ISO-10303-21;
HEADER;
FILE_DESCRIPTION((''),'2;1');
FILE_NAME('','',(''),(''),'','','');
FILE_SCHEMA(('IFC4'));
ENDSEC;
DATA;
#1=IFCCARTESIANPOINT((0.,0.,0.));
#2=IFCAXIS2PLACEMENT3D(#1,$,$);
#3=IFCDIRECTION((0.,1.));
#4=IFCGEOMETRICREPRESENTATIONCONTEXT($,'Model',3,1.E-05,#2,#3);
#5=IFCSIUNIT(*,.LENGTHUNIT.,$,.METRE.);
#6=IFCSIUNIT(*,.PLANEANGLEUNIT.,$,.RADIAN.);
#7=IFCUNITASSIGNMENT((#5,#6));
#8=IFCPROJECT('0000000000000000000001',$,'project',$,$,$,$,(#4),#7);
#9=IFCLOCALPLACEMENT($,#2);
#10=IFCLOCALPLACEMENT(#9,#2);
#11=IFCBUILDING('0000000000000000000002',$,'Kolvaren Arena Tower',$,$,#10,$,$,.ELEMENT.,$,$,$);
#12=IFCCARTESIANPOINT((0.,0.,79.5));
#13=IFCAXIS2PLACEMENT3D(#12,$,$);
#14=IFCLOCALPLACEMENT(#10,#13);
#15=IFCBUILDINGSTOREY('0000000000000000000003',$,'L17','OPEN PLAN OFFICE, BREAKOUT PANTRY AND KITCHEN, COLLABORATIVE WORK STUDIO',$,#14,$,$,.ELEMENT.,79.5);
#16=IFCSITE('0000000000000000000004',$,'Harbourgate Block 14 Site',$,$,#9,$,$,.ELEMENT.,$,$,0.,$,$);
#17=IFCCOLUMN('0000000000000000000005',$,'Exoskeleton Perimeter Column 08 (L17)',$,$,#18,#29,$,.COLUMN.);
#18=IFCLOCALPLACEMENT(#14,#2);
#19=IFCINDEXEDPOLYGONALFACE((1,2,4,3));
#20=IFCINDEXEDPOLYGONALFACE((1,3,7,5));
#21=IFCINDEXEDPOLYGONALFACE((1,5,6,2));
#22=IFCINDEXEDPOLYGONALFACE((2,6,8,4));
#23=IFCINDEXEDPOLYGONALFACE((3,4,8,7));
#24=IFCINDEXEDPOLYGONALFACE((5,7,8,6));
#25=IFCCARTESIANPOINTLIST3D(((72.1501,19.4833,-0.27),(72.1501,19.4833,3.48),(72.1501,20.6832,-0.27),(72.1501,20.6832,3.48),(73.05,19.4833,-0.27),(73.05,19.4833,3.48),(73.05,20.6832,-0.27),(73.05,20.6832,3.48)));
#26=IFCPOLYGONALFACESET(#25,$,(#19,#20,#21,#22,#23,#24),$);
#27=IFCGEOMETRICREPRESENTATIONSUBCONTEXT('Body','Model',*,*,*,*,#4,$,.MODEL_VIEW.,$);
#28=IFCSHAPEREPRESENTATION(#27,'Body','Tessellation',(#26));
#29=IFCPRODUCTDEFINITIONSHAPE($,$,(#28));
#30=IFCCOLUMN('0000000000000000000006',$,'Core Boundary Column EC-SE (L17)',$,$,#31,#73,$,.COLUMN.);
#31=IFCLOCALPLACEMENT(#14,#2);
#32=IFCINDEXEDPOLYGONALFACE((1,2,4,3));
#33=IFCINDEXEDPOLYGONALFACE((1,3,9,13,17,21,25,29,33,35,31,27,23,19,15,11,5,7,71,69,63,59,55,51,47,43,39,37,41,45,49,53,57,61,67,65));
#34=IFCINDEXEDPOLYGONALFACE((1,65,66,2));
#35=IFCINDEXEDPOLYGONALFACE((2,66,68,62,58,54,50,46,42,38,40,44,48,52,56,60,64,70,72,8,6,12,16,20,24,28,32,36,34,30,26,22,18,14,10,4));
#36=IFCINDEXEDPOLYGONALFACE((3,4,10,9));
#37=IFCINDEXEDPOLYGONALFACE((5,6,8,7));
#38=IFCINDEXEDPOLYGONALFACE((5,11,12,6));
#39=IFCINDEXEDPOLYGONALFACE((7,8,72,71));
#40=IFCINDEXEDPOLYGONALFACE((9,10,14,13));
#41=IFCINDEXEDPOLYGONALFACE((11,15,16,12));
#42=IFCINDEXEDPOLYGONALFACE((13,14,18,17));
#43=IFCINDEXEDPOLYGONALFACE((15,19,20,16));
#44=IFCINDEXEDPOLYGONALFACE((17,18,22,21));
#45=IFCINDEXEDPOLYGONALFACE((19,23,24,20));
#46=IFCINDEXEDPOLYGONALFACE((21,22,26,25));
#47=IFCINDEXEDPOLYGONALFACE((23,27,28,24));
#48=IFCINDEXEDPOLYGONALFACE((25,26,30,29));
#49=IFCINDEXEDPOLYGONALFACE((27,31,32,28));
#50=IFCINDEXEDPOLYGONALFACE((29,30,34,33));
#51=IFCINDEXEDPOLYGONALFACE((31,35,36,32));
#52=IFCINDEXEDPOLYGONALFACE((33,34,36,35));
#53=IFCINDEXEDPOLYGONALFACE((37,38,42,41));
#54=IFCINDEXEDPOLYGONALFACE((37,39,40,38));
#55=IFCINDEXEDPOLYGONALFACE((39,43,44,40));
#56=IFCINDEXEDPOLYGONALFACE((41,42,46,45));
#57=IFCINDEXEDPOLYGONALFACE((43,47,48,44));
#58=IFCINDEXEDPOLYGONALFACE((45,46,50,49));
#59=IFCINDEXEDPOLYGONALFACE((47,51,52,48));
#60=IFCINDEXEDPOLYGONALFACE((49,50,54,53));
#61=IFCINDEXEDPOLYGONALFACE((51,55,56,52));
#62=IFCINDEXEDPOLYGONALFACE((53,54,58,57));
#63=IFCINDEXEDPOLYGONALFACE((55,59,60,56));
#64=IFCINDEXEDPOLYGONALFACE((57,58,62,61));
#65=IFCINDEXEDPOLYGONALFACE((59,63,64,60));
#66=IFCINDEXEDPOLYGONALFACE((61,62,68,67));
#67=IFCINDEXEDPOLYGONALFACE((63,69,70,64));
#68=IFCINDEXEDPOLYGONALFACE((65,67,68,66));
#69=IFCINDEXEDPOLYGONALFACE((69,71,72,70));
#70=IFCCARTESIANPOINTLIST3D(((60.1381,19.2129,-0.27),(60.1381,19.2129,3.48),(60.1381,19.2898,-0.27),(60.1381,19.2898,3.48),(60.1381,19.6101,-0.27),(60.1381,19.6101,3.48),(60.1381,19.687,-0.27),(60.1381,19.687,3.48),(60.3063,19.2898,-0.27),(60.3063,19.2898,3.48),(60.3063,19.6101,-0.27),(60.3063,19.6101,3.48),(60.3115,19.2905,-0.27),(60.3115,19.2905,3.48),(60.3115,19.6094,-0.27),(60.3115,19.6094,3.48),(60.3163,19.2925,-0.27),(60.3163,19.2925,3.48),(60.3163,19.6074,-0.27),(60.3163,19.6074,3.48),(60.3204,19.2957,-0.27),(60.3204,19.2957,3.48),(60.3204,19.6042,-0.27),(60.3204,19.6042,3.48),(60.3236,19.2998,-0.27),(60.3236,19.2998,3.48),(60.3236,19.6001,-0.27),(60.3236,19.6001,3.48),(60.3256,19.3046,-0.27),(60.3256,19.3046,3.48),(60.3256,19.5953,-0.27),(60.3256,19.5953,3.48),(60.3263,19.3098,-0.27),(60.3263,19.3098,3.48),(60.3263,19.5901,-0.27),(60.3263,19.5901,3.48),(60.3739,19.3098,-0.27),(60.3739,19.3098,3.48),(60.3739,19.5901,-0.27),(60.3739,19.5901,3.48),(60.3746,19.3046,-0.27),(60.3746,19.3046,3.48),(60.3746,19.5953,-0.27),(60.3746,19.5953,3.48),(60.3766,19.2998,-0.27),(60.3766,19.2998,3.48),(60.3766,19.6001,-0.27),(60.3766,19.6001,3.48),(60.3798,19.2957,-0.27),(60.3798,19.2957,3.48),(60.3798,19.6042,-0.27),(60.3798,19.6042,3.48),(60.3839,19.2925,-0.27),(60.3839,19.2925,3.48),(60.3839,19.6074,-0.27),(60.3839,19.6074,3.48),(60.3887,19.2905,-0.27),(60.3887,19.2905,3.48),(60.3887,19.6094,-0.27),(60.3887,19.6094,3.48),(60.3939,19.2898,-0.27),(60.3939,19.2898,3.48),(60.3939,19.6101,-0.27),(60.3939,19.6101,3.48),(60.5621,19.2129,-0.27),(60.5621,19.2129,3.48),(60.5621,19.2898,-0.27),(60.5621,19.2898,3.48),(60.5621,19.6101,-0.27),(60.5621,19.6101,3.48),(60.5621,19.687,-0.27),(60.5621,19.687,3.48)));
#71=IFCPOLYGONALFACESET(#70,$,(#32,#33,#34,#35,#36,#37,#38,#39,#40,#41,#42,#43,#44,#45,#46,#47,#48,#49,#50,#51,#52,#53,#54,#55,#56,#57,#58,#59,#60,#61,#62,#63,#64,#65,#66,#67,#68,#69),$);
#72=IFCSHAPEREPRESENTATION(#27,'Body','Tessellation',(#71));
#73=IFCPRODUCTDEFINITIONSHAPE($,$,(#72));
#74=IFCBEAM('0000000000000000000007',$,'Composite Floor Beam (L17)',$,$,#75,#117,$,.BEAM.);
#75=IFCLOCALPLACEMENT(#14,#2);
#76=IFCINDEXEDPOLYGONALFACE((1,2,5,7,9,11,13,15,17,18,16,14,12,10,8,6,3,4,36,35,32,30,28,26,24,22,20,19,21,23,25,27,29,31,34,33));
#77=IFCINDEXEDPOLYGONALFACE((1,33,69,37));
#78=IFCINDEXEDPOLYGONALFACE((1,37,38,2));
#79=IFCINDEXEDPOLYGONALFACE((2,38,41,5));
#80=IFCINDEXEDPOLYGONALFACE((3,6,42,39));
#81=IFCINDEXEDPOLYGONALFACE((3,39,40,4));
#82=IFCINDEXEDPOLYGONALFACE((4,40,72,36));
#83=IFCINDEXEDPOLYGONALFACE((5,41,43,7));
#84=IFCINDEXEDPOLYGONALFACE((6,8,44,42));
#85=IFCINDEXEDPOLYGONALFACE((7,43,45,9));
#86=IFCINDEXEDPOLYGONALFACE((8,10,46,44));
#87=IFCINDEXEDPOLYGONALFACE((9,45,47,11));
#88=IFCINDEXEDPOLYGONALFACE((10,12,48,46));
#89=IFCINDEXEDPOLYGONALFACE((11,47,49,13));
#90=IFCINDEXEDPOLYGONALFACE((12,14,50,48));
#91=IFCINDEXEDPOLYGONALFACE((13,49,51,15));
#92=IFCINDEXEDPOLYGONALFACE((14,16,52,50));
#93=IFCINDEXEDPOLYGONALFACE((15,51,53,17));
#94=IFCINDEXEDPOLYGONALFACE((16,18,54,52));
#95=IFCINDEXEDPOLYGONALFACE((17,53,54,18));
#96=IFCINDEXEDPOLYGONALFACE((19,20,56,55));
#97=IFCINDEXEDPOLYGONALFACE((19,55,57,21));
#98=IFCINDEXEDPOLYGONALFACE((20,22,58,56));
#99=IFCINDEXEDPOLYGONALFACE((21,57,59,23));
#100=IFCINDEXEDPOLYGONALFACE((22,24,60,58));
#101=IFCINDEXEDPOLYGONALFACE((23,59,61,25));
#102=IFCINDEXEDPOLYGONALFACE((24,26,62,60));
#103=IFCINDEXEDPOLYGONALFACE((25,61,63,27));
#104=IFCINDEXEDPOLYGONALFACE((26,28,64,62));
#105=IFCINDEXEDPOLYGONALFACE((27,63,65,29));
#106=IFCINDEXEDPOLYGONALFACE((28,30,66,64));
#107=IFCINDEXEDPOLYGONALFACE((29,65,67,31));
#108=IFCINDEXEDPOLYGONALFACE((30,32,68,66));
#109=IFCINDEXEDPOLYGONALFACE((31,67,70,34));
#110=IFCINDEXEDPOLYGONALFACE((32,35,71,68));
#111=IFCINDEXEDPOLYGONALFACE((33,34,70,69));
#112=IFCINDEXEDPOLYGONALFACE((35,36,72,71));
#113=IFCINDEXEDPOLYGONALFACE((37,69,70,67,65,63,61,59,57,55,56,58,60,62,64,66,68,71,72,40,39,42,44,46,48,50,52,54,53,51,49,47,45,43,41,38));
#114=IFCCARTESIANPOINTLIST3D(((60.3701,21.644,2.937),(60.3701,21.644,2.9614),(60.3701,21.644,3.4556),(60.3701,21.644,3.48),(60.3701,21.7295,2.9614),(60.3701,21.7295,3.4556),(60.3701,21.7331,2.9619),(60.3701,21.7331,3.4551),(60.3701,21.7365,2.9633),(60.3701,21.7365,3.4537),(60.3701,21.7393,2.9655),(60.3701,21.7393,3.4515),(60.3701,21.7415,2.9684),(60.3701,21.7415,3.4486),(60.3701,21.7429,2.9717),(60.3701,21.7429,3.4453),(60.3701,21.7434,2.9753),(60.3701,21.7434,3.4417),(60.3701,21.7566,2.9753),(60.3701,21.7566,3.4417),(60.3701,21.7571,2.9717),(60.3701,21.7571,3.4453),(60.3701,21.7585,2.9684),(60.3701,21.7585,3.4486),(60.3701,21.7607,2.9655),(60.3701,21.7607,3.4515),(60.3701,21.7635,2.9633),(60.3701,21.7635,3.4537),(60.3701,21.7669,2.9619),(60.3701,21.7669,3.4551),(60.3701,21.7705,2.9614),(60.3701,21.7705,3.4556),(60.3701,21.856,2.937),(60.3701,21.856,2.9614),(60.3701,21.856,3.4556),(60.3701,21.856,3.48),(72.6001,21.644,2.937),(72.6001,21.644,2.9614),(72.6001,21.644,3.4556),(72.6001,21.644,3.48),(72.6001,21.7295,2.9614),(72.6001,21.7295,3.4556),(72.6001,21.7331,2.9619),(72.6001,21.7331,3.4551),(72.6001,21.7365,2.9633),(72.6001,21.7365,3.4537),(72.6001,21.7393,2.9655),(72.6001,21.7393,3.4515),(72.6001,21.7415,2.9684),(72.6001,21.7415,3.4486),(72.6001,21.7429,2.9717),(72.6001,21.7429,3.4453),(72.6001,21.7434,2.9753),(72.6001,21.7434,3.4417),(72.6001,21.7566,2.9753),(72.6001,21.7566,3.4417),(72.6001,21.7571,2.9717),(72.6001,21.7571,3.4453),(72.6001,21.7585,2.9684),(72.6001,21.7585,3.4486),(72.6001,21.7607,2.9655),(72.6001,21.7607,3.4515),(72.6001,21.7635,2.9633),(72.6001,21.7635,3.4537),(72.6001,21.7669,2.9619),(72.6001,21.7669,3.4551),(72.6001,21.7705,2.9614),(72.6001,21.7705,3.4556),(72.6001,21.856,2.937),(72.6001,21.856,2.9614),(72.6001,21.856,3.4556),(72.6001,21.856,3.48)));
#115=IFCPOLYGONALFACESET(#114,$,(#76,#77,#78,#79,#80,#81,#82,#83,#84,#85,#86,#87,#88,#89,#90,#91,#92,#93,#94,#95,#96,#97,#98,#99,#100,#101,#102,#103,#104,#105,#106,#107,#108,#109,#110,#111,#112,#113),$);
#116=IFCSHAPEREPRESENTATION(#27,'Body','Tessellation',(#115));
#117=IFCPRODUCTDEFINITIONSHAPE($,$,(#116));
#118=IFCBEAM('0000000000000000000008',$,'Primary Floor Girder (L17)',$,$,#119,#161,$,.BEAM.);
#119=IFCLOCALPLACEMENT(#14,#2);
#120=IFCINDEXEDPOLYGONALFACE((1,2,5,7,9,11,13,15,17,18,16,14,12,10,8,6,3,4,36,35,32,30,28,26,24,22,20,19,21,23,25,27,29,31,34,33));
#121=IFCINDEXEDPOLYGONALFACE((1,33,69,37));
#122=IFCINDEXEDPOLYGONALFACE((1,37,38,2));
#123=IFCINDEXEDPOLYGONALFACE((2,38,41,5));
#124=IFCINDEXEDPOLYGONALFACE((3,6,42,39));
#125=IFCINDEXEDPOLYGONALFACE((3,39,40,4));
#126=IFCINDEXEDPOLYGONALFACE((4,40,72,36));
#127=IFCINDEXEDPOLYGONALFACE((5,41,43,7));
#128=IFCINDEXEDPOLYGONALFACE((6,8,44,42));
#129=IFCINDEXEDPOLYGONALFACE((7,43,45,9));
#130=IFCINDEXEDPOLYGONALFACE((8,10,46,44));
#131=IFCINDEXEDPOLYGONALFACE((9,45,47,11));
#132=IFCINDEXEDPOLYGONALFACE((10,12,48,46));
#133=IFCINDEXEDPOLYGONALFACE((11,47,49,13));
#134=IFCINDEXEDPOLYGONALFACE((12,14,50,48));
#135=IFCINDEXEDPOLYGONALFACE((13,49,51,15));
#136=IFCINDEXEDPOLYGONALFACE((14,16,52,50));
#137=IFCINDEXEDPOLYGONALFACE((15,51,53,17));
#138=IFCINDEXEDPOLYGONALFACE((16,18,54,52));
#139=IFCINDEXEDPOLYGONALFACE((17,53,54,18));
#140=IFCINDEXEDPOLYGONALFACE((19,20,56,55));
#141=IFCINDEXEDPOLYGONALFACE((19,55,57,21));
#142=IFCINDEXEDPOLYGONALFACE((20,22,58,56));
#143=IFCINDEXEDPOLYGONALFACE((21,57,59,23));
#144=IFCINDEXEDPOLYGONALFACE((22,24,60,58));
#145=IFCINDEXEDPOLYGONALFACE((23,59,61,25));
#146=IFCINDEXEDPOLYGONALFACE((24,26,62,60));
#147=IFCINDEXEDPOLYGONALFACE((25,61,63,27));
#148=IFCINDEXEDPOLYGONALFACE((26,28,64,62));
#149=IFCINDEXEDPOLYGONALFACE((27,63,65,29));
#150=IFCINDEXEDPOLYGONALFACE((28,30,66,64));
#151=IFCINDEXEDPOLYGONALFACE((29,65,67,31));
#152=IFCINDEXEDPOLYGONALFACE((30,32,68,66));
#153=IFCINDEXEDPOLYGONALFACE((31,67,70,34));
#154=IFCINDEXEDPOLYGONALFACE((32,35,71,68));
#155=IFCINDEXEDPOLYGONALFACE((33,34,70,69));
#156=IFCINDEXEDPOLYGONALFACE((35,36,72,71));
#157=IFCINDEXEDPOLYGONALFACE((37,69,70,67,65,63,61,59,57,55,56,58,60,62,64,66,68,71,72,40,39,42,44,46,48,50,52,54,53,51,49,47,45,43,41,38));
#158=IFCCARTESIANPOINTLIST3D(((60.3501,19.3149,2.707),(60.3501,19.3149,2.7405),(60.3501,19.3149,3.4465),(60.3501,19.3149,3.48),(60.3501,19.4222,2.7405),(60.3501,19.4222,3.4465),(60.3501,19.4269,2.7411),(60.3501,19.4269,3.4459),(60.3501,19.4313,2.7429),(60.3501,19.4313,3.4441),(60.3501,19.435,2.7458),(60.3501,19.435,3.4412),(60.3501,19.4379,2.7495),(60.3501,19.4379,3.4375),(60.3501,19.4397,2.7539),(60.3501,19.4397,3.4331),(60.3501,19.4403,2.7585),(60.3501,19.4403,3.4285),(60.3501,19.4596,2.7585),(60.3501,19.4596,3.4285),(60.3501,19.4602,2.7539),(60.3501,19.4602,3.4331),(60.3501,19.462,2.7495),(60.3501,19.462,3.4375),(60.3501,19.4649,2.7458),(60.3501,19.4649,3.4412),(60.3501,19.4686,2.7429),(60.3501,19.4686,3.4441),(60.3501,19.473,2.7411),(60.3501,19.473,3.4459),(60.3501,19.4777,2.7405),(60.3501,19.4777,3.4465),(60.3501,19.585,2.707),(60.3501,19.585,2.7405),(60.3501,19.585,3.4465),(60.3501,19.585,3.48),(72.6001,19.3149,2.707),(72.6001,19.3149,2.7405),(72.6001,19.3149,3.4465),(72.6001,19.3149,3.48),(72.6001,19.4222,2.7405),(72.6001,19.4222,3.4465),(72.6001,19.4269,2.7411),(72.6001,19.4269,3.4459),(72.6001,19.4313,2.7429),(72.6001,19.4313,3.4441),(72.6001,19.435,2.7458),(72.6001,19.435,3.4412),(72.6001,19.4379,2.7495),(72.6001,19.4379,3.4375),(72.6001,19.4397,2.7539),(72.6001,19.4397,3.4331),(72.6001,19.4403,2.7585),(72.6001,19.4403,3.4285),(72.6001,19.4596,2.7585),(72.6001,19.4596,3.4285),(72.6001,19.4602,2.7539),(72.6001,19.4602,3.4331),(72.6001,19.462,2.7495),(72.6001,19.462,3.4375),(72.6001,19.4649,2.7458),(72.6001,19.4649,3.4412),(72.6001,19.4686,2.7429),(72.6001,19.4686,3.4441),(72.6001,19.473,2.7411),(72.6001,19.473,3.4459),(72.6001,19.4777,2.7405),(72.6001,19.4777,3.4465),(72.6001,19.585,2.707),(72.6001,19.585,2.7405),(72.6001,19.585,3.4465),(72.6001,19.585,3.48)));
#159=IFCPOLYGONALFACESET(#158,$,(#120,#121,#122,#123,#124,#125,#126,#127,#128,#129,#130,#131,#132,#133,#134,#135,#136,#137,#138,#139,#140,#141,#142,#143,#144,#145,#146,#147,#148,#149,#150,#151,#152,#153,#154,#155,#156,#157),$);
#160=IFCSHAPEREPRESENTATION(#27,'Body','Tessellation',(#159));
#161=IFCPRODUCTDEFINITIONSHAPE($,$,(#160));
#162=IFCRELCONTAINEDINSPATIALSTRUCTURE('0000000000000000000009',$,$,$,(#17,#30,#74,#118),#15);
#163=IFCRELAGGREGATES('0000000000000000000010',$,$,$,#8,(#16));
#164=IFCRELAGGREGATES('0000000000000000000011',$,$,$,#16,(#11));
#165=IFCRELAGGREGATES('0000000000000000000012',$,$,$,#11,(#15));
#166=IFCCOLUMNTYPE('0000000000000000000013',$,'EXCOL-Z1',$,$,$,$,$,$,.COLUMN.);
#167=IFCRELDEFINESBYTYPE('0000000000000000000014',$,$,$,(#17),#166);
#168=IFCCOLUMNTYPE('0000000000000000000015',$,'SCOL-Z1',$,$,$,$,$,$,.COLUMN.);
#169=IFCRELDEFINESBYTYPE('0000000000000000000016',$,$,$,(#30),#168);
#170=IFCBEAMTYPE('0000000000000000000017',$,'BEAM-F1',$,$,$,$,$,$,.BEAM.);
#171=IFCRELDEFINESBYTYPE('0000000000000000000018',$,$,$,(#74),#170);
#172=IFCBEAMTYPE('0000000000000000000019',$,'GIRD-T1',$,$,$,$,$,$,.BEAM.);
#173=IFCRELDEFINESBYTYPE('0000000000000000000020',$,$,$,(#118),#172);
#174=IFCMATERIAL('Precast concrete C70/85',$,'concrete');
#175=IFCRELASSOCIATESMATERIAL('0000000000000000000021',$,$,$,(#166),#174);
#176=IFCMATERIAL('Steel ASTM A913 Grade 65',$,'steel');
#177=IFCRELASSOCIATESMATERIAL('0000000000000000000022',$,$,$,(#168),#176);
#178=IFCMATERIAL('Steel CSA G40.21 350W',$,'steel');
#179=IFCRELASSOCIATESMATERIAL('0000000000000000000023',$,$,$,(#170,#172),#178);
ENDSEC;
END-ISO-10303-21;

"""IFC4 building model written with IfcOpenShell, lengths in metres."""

from ifc_helpers import new_model, si_unit, direction, frame, origin, origin_2d, place, context, subcontext, project, spatial, rectangle, i_section, extrude, material, material_profile, profile_set, type_object, element, save


model = new_model("IFC4")

# Units and contexts
model_context = context("Model", 3, precision=1e-05, world=origin(), true_north=direction((0.0, 1.0)))
body_context = subcontext(model_context, "Body", "Model", "MODEL_VIEW")
ifc_project = project(units=[si_unit("LENGTHUNIT", "METRE"), si_unit("PLANEANGLEUNIT", "RADIAN")], contexts=[model_context])

# Site, building, storey
site_placement = place(None, origin())
site = spatial("IfcSite", under=ifc_project, at=site_placement, Name="Harbourgate Block 14 Site", CompositionType="ELEMENT", RefElevation=0.0)
building_placement = place(site_placement, origin())
building = spatial("IfcBuilding", under=site, at=building_placement, Name="Kolvaren Arena Tower", CompositionType="ELEMENT")
storey_placement = place(building_placement, frame((0.0, 0.0, 79.5)))
storey = spatial("IfcBuildingStorey", under=building, at=storey_placement, Name="L17", Description="OPEN PLAN OFFICE, BREAKOUT PANTRY AND KITCHEN, COLLABORATIVE WORK STUDIO", CompositionType="ELEMENT", Elevation=79.5)

# Columns
ifc_material_1 = material(Name="Precast concrete C70/85", Category="concrete")
ifc_material_profile_1 = material_profile(ifc_material_1, rectangle(XDim=1.2, YDim=0.8999, at=origin_2d()), Name="RC-1200x900")
ifc_profile_set_1 = profile_set([ifc_material_profile_1], Name="Precast concrete C70/85")
column_type_1 = type_object("IfcColumnType", Name="EXCOL-Z1", PredefinedType="COLUMN", material=ifc_profile_set_1)
column_1_placement = place(storey_placement, frame((72.6001, 20.0833, -0.27), z_axis=(0.0, 0.0, 1.0), x_axis=(0.0, 1.0, 0.0)))
element("IfcColumn", 1, at=column_1_placement, inside=storey, type_object=column_type_1, Name="Exoskeleton Perimeter Column 08 (L17)", PredefinedType="COLUMN", context=body_context, shape_type="SweptSolid", body=[
    extrude(rectangle(XDim=1.2, YDim=0.8999, at=origin_2d()), origin(), (0.0, 0.0, 1.0), 3.75),
])
ifc_material_2 = material(Name="Steel ASTM A913 Grade 65", Category="steel")
ifc_material_profile_2 = material_profile(ifc_material_2, i_section(OverallWidth=0.4241, OverallDepth=0.4741, WebThickness=0.0476, FlangeThickness=0.0769, FilletRadius=0.02, at=origin_2d()), Name="W360x634")
ifc_profile_set_2 = profile_set([ifc_material_profile_2], Name="Steel ASTM A913 Grade 65")
column_type_2 = type_object("IfcColumnType", Name="SCOL-Z1", PredefinedType="COLUMN", material=ifc_profile_set_2)
column_2_placement = place(storey_placement, frame((60.3501, 19.45, -0.27), z_axis=(0.0, 0.0, 1.0), x_axis=(1.0, 0.0, 0.0)))
element("IfcColumn", 2, at=column_2_placement, inside=storey, type_object=column_type_2, Name="Core Boundary Column EC-SE (L17)", PredefinedType="COLUMN", context=body_context, shape_type="SweptSolid", body=[
    extrude(i_section(OverallWidth=0.4241, OverallDepth=0.4741, WebThickness=0.0476, FlangeThickness=0.0769, FilletRadius=0.02, at=origin_2d()), origin(), (0.0, 0.0, 1.0), 3.75),
])

# Beams
ifc_material_3 = material(Name="Steel CSA G40.21 350W", Category="steel")
ifc_material_profile_3 = material_profile(ifc_material_3, i_section(OverallWidth=0.2119, OverallDepth=0.543, WebThickness=0.0132, FlangeThickness=0.0244, FilletRadius=0.0139, at=origin_2d()), Name="W530x150")
ifc_profile_set_3 = profile_set([ifc_material_profile_3], Name="Steel CSA G40.21 350W")
beam_type_1 = type_object("IfcBeamType", Name="BEAM-F1", PredefinedType="BEAM", material=ifc_profile_set_3)
beam_1_placement = place(storey_placement, frame((60.3701, 21.75, 3.2085), z_axis=(1.0, 0.0, 0.0), x_axis=(0.0, 1.0, 0.0)))
element("IfcBeam", 3, at=beam_1_placement, inside=storey, type_object=beam_type_1, Name="Composite Floor Beam (L17)", PredefinedType="BEAM", context=body_context, shape_type="SweptSolid", body=[
    extrude(i_section(OverallWidth=0.2119, OverallDepth=0.543, WebThickness=0.0132, FlangeThickness=0.0244, FilletRadius=0.0139, at=origin_2d()), origin(), (0.0, 0.0, 1.0), 12.23),
])
ifc_material_profile_4 = material_profile(ifc_material_3, i_section(OverallWidth=0.27, OverallDepth=0.7729, WebThickness=0.0193, FlangeThickness=0.0334, FilletRadius=0.0181, at=origin_2d()), Name="W760x257")
ifc_profile_set_4 = profile_set([ifc_material_profile_4], Name="Steel CSA G40.21 350W")
beam_type_2 = type_object("IfcBeamType", Name="GIRD-T1", PredefinedType="BEAM", material=ifc_profile_set_4)
beam_2_placement = place(storey_placement, frame((60.3501, 19.45, 3.0935), z_axis=(1.0, 0.0, 0.0), x_axis=(0.0, 1.0, 0.0)))
element("IfcBeam", 4, at=beam_2_placement, inside=storey, type_object=beam_type_2, Name="Primary Floor Girder (L17)", PredefinedType="BEAM", context=body_context, shape_type="SweptSolid", body=[
    extrude(i_section(OverallWidth=0.27, OverallDepth=0.7729, WebThickness=0.0193, FlangeThickness=0.0334, FilletRadius=0.0181, at=origin_2d()), origin(), (0.0, 0.0, 1.0), 12.25),
])

save(model, "model.ifc")
